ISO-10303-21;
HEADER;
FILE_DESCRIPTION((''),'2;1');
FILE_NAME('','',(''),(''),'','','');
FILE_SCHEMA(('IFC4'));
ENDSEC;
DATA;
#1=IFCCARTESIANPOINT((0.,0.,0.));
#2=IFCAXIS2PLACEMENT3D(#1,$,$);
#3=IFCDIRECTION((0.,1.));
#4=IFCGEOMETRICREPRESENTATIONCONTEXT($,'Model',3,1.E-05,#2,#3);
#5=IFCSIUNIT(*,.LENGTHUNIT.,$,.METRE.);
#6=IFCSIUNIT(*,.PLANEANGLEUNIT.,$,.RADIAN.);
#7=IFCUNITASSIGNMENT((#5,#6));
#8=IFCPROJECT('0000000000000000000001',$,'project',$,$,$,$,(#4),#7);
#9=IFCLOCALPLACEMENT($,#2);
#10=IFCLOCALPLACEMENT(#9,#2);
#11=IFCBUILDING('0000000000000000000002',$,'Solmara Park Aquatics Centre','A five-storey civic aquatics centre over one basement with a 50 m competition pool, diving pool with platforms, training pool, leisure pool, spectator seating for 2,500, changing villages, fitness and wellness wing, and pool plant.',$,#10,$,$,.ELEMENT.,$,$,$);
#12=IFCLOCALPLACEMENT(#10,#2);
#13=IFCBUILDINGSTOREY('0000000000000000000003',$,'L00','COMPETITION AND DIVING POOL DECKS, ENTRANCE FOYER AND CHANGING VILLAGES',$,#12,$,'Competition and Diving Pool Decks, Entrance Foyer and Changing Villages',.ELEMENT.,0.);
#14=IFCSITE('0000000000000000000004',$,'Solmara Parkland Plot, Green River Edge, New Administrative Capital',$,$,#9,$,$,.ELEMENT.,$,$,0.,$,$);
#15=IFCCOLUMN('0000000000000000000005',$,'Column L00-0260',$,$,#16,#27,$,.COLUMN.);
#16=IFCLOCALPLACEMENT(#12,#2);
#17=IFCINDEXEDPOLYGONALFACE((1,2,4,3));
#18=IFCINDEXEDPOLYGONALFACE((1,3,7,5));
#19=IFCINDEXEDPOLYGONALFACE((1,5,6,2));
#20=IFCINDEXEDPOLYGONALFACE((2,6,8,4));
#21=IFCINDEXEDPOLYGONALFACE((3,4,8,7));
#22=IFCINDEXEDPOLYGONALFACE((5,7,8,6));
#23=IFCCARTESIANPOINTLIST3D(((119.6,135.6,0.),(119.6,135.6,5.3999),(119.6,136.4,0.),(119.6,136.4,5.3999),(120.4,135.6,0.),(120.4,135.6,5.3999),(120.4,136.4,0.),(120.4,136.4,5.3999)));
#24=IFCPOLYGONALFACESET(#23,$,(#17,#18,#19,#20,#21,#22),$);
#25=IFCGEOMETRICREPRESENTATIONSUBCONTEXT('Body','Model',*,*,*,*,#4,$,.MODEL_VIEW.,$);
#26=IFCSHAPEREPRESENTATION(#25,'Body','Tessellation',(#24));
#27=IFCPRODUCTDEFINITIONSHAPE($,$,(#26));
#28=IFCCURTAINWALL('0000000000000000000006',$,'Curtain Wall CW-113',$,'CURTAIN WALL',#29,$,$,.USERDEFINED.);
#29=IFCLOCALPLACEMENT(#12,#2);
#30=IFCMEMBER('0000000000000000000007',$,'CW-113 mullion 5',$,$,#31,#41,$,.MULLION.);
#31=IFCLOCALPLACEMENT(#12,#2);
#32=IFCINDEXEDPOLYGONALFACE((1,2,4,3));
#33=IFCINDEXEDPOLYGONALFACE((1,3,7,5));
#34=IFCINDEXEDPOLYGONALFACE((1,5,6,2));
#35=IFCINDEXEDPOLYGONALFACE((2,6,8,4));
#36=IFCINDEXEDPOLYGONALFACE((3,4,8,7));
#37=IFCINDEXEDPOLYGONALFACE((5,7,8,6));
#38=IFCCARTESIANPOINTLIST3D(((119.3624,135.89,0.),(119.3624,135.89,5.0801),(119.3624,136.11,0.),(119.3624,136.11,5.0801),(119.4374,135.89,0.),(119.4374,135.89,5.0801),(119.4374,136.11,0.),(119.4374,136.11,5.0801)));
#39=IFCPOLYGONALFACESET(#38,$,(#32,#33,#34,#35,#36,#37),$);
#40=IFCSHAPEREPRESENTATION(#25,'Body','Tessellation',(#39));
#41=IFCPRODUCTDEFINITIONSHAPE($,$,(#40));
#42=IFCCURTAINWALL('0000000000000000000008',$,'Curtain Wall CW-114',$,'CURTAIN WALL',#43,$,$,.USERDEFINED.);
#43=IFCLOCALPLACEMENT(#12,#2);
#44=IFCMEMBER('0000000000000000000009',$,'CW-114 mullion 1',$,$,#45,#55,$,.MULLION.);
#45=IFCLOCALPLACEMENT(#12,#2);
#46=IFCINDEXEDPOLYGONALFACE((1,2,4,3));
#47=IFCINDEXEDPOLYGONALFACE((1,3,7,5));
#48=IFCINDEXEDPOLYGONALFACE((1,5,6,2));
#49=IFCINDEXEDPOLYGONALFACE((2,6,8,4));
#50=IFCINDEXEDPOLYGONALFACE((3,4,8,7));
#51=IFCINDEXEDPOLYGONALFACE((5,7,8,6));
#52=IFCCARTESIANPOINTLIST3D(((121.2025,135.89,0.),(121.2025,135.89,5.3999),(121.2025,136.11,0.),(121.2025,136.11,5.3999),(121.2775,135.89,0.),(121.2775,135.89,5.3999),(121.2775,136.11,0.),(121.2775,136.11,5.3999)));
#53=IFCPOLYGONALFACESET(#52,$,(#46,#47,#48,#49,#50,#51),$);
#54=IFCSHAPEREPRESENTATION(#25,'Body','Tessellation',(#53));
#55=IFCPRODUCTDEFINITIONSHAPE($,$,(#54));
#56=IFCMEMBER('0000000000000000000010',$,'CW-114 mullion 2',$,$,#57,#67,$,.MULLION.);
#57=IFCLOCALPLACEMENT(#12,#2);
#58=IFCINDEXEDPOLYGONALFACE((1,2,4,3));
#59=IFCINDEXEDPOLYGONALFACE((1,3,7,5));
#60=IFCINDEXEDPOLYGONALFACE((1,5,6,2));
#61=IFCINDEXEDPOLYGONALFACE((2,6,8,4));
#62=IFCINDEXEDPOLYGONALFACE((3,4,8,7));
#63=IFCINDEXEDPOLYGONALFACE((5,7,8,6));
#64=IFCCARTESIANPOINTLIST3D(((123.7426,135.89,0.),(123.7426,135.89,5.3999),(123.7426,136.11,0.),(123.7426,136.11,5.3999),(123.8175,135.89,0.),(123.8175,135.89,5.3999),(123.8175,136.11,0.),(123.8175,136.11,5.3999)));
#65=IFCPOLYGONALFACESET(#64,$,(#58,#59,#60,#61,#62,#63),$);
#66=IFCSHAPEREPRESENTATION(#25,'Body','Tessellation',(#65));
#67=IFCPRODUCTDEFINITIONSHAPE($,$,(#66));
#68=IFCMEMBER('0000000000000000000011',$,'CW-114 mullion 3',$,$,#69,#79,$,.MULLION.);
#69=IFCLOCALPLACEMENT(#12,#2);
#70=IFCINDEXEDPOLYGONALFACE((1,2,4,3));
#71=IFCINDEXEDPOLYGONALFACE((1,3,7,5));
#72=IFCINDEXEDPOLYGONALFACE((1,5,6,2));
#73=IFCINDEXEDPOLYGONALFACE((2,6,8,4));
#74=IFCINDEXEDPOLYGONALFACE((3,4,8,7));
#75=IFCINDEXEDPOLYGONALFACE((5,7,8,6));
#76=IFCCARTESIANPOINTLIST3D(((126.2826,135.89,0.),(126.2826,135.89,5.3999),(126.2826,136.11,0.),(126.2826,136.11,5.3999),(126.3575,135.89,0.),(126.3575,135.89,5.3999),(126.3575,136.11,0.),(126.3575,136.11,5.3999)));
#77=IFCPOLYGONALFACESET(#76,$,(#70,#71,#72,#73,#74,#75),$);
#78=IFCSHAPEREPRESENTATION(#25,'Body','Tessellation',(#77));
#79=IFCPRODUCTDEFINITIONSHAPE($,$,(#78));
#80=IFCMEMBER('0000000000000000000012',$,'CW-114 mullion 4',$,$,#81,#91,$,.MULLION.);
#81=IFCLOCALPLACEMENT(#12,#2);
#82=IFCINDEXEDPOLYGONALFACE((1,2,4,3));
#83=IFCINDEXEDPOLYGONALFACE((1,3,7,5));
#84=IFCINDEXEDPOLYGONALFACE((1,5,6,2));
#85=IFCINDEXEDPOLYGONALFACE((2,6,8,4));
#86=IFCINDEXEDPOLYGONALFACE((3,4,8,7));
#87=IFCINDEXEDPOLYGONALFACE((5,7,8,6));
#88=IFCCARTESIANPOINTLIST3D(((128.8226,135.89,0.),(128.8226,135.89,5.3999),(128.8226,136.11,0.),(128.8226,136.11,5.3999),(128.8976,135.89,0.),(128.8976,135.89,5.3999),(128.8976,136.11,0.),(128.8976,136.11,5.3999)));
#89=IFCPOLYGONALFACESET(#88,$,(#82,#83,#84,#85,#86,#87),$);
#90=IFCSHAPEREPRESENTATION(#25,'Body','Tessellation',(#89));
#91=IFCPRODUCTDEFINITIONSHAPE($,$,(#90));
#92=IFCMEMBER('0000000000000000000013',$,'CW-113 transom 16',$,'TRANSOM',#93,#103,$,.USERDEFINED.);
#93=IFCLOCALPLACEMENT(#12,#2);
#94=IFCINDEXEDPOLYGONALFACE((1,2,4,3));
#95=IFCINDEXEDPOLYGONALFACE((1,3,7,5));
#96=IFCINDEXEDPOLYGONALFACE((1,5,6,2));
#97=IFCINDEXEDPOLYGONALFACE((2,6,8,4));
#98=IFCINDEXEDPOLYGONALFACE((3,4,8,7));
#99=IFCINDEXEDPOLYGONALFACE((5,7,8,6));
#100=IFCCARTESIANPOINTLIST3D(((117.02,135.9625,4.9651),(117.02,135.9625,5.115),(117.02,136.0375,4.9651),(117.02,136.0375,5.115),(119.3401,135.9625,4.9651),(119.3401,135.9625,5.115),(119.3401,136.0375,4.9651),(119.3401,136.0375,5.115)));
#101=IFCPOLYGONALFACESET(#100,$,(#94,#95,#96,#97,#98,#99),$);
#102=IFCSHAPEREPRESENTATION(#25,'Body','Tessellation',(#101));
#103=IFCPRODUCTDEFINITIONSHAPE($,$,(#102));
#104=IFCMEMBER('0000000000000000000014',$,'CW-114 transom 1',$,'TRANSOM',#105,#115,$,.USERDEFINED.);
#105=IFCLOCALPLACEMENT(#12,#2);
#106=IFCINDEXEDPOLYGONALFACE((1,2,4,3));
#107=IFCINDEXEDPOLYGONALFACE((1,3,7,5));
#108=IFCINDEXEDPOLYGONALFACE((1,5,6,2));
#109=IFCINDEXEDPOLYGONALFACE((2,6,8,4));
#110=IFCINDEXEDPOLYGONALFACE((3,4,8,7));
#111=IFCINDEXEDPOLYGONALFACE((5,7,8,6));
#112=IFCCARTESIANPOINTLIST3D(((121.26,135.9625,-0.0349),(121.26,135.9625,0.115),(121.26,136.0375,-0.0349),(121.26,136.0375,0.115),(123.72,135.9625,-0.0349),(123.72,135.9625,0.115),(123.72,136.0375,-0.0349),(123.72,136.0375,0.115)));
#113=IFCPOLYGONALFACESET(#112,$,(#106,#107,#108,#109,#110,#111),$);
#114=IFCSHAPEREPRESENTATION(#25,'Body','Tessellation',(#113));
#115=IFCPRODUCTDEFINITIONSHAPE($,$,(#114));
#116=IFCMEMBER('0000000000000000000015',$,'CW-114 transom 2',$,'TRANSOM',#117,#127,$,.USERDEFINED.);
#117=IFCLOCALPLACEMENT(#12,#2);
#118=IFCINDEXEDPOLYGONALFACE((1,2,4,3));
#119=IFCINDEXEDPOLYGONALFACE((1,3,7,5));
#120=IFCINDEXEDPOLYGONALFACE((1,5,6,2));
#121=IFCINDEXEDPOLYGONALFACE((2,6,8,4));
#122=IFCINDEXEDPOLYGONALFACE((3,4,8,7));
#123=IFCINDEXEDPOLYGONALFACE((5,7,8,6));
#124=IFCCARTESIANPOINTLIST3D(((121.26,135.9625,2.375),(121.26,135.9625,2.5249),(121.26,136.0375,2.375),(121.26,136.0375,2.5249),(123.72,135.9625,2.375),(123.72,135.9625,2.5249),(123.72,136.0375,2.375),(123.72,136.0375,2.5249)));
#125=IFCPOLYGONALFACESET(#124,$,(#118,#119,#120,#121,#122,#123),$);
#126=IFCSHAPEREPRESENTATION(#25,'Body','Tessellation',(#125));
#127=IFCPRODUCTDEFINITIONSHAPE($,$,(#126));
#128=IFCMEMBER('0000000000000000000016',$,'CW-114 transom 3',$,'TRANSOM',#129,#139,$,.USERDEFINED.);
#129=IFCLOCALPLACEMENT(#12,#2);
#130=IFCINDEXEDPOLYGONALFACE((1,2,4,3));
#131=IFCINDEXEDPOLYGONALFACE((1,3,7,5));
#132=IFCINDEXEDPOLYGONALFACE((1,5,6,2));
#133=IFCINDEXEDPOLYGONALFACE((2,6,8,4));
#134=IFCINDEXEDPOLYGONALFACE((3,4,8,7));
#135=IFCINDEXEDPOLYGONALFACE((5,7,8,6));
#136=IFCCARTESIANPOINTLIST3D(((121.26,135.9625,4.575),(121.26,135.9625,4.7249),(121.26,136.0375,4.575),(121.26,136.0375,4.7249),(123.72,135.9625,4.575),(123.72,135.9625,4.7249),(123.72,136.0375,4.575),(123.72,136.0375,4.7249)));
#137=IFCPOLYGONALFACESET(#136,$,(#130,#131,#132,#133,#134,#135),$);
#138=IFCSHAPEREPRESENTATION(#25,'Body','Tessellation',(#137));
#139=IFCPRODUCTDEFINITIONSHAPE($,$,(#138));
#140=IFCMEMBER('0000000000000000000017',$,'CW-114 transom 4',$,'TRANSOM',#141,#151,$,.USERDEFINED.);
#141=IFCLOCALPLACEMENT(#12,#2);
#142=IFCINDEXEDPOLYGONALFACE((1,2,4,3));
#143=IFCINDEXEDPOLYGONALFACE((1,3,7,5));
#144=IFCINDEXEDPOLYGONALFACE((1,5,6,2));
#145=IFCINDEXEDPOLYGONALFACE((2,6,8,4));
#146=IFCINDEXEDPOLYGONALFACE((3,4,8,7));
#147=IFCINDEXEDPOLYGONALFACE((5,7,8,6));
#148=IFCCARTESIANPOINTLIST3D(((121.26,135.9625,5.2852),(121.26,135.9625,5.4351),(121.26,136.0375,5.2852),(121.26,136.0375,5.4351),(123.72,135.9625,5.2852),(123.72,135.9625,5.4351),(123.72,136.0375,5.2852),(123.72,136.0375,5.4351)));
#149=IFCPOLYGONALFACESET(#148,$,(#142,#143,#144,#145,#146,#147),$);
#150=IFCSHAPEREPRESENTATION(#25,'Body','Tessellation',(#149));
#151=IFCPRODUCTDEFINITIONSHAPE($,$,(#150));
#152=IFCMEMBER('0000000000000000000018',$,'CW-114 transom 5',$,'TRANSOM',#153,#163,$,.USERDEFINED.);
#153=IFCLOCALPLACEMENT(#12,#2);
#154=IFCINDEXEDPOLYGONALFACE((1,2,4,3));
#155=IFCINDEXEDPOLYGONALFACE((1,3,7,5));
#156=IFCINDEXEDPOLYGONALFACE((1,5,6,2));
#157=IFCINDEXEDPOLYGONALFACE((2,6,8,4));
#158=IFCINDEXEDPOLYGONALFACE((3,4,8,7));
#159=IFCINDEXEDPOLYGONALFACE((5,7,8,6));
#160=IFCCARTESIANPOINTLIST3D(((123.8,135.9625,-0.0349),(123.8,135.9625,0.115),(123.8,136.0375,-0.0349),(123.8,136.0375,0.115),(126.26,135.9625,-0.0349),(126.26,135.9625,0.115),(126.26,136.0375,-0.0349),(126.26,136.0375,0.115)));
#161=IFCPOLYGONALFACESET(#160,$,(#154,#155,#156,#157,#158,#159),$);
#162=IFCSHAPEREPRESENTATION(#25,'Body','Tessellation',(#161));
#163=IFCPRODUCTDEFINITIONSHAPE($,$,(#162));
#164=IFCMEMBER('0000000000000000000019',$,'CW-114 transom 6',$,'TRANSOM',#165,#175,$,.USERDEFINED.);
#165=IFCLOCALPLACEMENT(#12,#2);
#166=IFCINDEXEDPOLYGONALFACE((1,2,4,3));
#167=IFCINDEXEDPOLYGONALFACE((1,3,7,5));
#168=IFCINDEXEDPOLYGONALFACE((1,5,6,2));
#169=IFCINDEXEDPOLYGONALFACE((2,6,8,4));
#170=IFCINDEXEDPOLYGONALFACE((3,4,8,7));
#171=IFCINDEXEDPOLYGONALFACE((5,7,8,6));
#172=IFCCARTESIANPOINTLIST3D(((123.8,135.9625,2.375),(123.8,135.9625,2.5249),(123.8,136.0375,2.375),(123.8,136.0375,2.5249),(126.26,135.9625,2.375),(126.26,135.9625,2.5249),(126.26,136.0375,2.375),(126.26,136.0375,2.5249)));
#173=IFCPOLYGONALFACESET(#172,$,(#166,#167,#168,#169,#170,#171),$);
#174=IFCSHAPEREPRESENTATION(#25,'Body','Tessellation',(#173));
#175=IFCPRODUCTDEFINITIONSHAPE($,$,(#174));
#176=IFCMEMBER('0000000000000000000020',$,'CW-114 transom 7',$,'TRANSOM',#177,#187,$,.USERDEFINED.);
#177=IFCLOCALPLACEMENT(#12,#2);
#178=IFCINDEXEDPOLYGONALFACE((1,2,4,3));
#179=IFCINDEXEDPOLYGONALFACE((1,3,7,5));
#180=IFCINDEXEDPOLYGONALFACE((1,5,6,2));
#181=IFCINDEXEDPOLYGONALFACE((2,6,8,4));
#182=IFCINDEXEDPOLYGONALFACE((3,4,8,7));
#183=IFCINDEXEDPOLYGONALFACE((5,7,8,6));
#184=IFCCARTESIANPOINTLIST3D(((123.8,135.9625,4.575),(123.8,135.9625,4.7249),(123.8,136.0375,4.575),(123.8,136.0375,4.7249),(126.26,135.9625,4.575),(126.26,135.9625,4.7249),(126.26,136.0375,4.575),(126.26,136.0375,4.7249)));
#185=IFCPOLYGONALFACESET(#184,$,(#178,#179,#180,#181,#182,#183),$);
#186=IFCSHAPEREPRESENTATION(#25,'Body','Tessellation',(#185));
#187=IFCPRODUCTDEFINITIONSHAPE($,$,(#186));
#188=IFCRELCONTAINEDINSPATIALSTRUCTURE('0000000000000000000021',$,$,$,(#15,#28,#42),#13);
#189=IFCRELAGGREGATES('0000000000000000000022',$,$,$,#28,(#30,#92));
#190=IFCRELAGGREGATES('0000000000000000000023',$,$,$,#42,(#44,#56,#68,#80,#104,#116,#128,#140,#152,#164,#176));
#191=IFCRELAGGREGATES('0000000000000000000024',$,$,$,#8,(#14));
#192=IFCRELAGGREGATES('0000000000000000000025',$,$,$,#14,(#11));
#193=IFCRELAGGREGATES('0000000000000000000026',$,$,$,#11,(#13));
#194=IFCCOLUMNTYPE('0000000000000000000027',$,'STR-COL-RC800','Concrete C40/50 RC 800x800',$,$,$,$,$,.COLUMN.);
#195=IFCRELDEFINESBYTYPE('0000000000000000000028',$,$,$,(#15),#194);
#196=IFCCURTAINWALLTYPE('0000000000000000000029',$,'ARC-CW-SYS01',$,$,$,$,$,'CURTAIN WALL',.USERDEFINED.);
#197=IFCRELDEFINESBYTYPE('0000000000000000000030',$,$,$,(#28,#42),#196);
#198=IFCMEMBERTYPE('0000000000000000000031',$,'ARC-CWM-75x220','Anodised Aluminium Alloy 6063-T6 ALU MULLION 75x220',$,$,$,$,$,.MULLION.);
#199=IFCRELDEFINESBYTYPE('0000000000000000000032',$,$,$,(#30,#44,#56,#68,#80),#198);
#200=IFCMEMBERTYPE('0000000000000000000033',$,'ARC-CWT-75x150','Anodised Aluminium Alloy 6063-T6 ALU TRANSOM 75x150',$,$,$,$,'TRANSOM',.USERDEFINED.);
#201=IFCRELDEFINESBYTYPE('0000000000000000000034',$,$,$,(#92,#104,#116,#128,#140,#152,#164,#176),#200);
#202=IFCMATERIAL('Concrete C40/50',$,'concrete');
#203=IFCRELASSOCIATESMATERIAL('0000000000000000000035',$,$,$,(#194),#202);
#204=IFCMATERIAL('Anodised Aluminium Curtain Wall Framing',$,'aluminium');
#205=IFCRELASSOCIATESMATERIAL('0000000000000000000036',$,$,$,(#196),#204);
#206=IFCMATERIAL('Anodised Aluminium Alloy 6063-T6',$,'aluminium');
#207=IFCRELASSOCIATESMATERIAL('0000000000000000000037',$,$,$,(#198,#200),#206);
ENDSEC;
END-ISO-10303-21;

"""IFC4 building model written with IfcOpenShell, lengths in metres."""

from ifc_helpers import new_model, si_unit, direction, frame, origin, origin_2d, place, context, subcontext, project, spatial, rectangle, extrude, material, material_profile, profile_set, type_object, element, aggregate, save


model = new_model("IFC4")

# Units and contexts
model_context = context("Model", 3, precision=1e-05, world=origin(), true_north=direction((0.0, 1.0)))
body_context = subcontext(model_context, "Body", "Model", "MODEL_VIEW")
ifc_project = project(units=[si_unit("LENGTHUNIT", "METRE"), si_unit("PLANEANGLEUNIT", "RADIAN")], contexts=[model_context])

# Site, building, storey
site_placement = place(None, origin())
site = spatial("IfcSite", under=ifc_project, at=site_placement, Name="Solmara Parkland Plot, Green River Edge, New Administrative Capital", CompositionType="ELEMENT", RefElevation=0.0)
building_placement = place(site_placement, origin())
building = spatial("IfcBuilding", under=site, at=building_placement, Name="Solmara Park Aquatics Centre", Description="A five-storey civic aquatics centre over one basement with a 50 m competition pool, diving pool with platforms, training pool, leisure pool, spectator seating for 2,500, changing villages, fitness and wellness wing, and pool plant.", CompositionType="ELEMENT")
storey_placement = place(building_placement, origin())
storey = spatial("IfcBuildingStorey", under=building, at=storey_placement, Name="L00", Description="COMPETITION AND DIVING POOL DECKS, ENTRANCE FOYER AND CHANGING VILLAGES", LongName="Competition and Diving Pool Decks, Entrance Foyer and Changing Villages", CompositionType="ELEMENT", Elevation=0.0)

# Column
ifc_material_1 = material(Name="Concrete C40/50", Category="concrete")
ifc_material_profile_1 = material_profile(ifc_material_1, rectangle(XDim=0.8, YDim=0.8, at=origin_2d()), Name="RC 800x800")
ifc_profile_set_1 = profile_set([ifc_material_profile_1], Name="Concrete C40/50")
column_type = type_object("IfcColumnType", Name="STR-COL-RC800", Description="Concrete C40/50 RC 800x800", PredefinedType="COLUMN", material=ifc_profile_set_1)
column_placement = place(storey_placement, frame((120.0, 136.0, 0.0), z_axis=(0.0, 0.0, 1.0), x_axis=(1.0, 0.0, 0.0)))
element("IfcColumn", 1, at=column_placement, inside=storey, type_object=column_type, Name="Column L00-0260", PredefinedType="COLUMN", context=body_context, shape_type="SweptSolid", body=[
    extrude(rectangle(XDim=0.8, YDim=0.8, at=origin_2d()), origin(), (0.0, 0.0, 1.0), 5.3999),
])

# Curtain wall, member
ifc_material_2 = material(Name="Anodised Aluminium Curtain Wall Framing", Category="aluminium")
curtain_wall_type = type_object("IfcCurtainWallType", Name="ARC-CW-SYS01", ElementType="CURTAIN WALL", PredefinedType="USERDEFINED", material=ifc_material_2)
curtain_wall_1_placement = place(storey_placement, origin())
curtain_wall_1 = element("IfcCurtainWall", 2, at=curtain_wall_1_placement, inside=storey, type_object=curtain_wall_type, Name="Curtain Wall CW-113", ObjectType="CURTAIN WALL", PredefinedType="USERDEFINED")
ifc_material_3 = material(Name="Anodised Aluminium Alloy 6063-T6", Category="aluminium")
ifc_material_profile_2 = material_profile(ifc_material_3, rectangle(XDim=0.075, YDim=0.22, at=origin_2d()), Name="ALU MULLION 75x220")
ifc_profile_set_2 = profile_set([ifc_material_profile_2], Name="Anodised Aluminium Alloy 6063-T6")
member_type_1 = type_object("IfcMemberType", Name="ARC-CWM-75x220", Description="Anodised Aluminium Alloy 6063-T6 ALU MULLION 75x220", PredefinedType="MULLION", material=ifc_profile_set_2)
member_1_placement = place(storey_placement, frame((119.3999, 136.0, 0.0), z_axis=(0.0, 0.0, 1.0), x_axis=(1.0, 0.0, 0.0)))
member_1 = element("IfcMember", 3, at=member_1_placement, type_object=member_type_1, Name="CW-113 mullion 5", PredefinedType="MULLION", context=body_context, shape_type="SweptSolid", body=[
    extrude(rectangle(XDim=0.075, YDim=0.22, at=origin_2d()), origin(), (0.0, 0.0, 1.0), 5.0801),
])

# Curtain wall, members
curtain_wall_2_placement = place(storey_placement, origin())
curtain_wall_2 = element("IfcCurtainWall", 4, at=curtain_wall_2_placement, inside=storey, type_object=curtain_wall_type, Name="Curtain Wall CW-114", ObjectType="CURTAIN WALL", PredefinedType="USERDEFINED")
member_2_placement = place(storey_placement, frame((121.24, 136.0, 0.0), z_axis=(0.0, 0.0, 1.0), x_axis=(1.0, 0.0, 0.0)))
member_2 = element("IfcMember", 5, at=member_2_placement, type_object=member_type_1, Name="CW-114 mullion 1", PredefinedType="MULLION", context=body_context, shape_type="SweptSolid", body=[
    extrude(rectangle(XDim=0.075, YDim=0.22, at=origin_2d()), origin(), (0.0, 0.0, 1.0), 5.3999),
])
member_3_placement = place(storey_placement, frame((123.78, 136.0, 0.0), z_axis=(0.0, 0.0, 1.0), x_axis=(1.0, 0.0, 0.0)))
member_3 = element("IfcMember", 6, at=member_3_placement, type_object=member_type_1, Name="CW-114 mullion 2", PredefinedType="MULLION", context=body_context, shape_type="SweptSolid", body=[
    extrude(rectangle(XDim=0.075, YDim=0.22, at=origin_2d()), origin(), (0.0, 0.0, 1.0), 5.3999),
])
member_4_placement = place(storey_placement, frame((126.3201, 136.0, 0.0), z_axis=(0.0, 0.0, 1.0), x_axis=(1.0, 0.0, 0.0)))
member_4 = element("IfcMember", 7, at=member_4_placement, type_object=member_type_1, Name="CW-114 mullion 3", PredefinedType="MULLION", context=body_context, shape_type="SweptSolid", body=[
    extrude(rectangle(XDim=0.075, YDim=0.22, at=origin_2d()), origin(), (0.0, 0.0, 1.0), 5.3999),
])
member_5_placement = place(storey_placement, frame((128.8601, 136.0, 0.0), z_axis=(0.0, 0.0, 1.0), x_axis=(1.0, 0.0, 0.0)))
member_5 = element("IfcMember", 8, at=member_5_placement, type_object=member_type_1, Name="CW-114 mullion 4", PredefinedType="MULLION", context=body_context, shape_type="SweptSolid", body=[
    extrude(rectangle(XDim=0.075, YDim=0.22, at=origin_2d()), origin(), (0.0, 0.0, 1.0), 5.3999),
])

# Members
ifc_material_profile_3 = material_profile(ifc_material_3, rectangle(XDim=0.075, YDim=0.1499, at=origin_2d()), Name="ALU TRANSOM 75x150")
ifc_profile_set_3 = profile_set([ifc_material_profile_3], Name="Anodised Aluminium Alloy 6063-T6")
member_type_2 = type_object("IfcMemberType", Name="ARC-CWT-75x150", Description="Anodised Aluminium Alloy 6063-T6 ALU TRANSOM 75x150", ElementType="TRANSOM", PredefinedType="USERDEFINED", material=ifc_profile_set_3)
member_6_placement = place(storey_placement, frame((117.02, 136.0, 5.04), z_axis=(1.0, 0.0, 0.0), x_axis=(0.0, 1.0, 0.0)))
member_6 = element("IfcMember", 9, at=member_6_placement, type_object=member_type_2, Name="CW-113 transom 16", ObjectType="TRANSOM", PredefinedType="USERDEFINED", context=body_context, shape_type="SweptSolid", body=[
    extrude(rectangle(XDim=0.075, YDim=0.1499, at=origin_2d()), origin(), (0.0, 0.0, 1.0), 2.3201),
])
member_7_placement = place(storey_placement, frame((121.26, 136.0, 0.04), z_axis=(1.0, 0.0, 0.0), x_axis=(0.0, 1.0, 0.0)))
member_7 = element("IfcMember", 10, at=member_7_placement, type_object=member_type_2, Name="CW-114 transom 1", ObjectType="TRANSOM", PredefinedType="USERDEFINED", context=body_context, shape_type="SweptSolid", body=[
    extrude(rectangle(XDim=0.075, YDim=0.1499, at=origin_2d()), origin(), (0.0, 0.0, 1.0), 2.46),
])
member_8_placement = place(storey_placement, frame((121.26, 136.0, 2.45), z_axis=(1.0, 0.0, 0.0), x_axis=(0.0, 1.0, 0.0)))
member_8 = element("IfcMember", 11, at=member_8_placement, type_object=member_type_2, Name="CW-114 transom 2", ObjectType="TRANSOM", PredefinedType="USERDEFINED", context=body_context, shape_type="SweptSolid", body=[
    extrude(rectangle(XDim=0.075, YDim=0.1499, at=origin_2d()), origin(), (0.0, 0.0, 1.0), 2.46),
])
member_9_placement = place(storey_placement, frame((121.26, 136.0, 4.6499), z_axis=(1.0, 0.0, 0.0), x_axis=(0.0, 1.0, 0.0)))
member_9 = element("IfcMember", 12, at=member_9_placement, type_object=member_type_2, Name="CW-114 transom 3", ObjectType="TRANSOM", PredefinedType="USERDEFINED", context=body_context, shape_type="SweptSolid", body=[
    extrude(rectangle(XDim=0.075, YDim=0.1499, at=origin_2d()), origin(), (0.0, 0.0, 1.0), 2.46),
])
member_10_placement = place(storey_placement, frame((121.26, 136.0, 5.3601), z_axis=(1.0, 0.0, 0.0), x_axis=(0.0, 1.0, 0.0)))
member_10 = element("IfcMember", 13, at=member_10_placement, type_object=member_type_2, Name="CW-114 transom 4", ObjectType="TRANSOM", PredefinedType="USERDEFINED", context=body_context, shape_type="SweptSolid", body=[
    extrude(rectangle(XDim=0.075, YDim=0.1499, at=origin_2d()), origin(), (0.0, 0.0, 1.0), 2.46),
])
member_11_placement = place(storey_placement, frame((123.8, 136.0, 0.04), z_axis=(1.0, 0.0, 0.0), x_axis=(0.0, 1.0, 0.0)))
member_11 = element("IfcMember", 14, at=member_11_placement, type_object=member_type_2, Name="CW-114 transom 5", ObjectType="TRANSOM", PredefinedType="USERDEFINED", context=body_context, shape_type="SweptSolid", body=[
    extrude(rectangle(XDim=0.075, YDim=0.1499, at=origin_2d()), origin(), (0.0, 0.0, 1.0), 2.46),
])
member_12_placement = place(storey_placement, frame((123.8, 136.0, 2.45), z_axis=(1.0, 0.0, 0.0), x_axis=(0.0, 1.0, 0.0)))
member_12 = element("IfcMember", 15, at=member_12_placement, type_object=member_type_2, Name="CW-114 transom 6", ObjectType="TRANSOM", PredefinedType="USERDEFINED", context=body_context, shape_type="SweptSolid", body=[
    extrude(rectangle(XDim=0.075, YDim=0.1499, at=origin_2d()), origin(), (0.0, 0.0, 1.0), 2.46),
])
member_13_placement = place(storey_placement, frame((123.8, 136.0, 4.6499), z_axis=(1.0, 0.0, 0.0), x_axis=(0.0, 1.0, 0.0)))
member_13 = element("IfcMember", 16, at=member_13_placement, type_object=member_type_2, Name="CW-114 transom 7", ObjectType="TRANSOM", PredefinedType="USERDEFINED", context=body_context, shape_type="SweptSolid", body=[
    extrude(rectangle(XDim=0.075, YDim=0.1499, at=origin_2d()), origin(), (0.0, 0.0, 1.0), 2.46),
])

aggregate(curtain_wall_1, [member_1, member_6])
aggregate(curtain_wall_2, [member_2, member_3, member_4, member_5, member_7, member_8, member_9, member_10, member_11, member_12, member_13])

save(model, "model.ifc")
